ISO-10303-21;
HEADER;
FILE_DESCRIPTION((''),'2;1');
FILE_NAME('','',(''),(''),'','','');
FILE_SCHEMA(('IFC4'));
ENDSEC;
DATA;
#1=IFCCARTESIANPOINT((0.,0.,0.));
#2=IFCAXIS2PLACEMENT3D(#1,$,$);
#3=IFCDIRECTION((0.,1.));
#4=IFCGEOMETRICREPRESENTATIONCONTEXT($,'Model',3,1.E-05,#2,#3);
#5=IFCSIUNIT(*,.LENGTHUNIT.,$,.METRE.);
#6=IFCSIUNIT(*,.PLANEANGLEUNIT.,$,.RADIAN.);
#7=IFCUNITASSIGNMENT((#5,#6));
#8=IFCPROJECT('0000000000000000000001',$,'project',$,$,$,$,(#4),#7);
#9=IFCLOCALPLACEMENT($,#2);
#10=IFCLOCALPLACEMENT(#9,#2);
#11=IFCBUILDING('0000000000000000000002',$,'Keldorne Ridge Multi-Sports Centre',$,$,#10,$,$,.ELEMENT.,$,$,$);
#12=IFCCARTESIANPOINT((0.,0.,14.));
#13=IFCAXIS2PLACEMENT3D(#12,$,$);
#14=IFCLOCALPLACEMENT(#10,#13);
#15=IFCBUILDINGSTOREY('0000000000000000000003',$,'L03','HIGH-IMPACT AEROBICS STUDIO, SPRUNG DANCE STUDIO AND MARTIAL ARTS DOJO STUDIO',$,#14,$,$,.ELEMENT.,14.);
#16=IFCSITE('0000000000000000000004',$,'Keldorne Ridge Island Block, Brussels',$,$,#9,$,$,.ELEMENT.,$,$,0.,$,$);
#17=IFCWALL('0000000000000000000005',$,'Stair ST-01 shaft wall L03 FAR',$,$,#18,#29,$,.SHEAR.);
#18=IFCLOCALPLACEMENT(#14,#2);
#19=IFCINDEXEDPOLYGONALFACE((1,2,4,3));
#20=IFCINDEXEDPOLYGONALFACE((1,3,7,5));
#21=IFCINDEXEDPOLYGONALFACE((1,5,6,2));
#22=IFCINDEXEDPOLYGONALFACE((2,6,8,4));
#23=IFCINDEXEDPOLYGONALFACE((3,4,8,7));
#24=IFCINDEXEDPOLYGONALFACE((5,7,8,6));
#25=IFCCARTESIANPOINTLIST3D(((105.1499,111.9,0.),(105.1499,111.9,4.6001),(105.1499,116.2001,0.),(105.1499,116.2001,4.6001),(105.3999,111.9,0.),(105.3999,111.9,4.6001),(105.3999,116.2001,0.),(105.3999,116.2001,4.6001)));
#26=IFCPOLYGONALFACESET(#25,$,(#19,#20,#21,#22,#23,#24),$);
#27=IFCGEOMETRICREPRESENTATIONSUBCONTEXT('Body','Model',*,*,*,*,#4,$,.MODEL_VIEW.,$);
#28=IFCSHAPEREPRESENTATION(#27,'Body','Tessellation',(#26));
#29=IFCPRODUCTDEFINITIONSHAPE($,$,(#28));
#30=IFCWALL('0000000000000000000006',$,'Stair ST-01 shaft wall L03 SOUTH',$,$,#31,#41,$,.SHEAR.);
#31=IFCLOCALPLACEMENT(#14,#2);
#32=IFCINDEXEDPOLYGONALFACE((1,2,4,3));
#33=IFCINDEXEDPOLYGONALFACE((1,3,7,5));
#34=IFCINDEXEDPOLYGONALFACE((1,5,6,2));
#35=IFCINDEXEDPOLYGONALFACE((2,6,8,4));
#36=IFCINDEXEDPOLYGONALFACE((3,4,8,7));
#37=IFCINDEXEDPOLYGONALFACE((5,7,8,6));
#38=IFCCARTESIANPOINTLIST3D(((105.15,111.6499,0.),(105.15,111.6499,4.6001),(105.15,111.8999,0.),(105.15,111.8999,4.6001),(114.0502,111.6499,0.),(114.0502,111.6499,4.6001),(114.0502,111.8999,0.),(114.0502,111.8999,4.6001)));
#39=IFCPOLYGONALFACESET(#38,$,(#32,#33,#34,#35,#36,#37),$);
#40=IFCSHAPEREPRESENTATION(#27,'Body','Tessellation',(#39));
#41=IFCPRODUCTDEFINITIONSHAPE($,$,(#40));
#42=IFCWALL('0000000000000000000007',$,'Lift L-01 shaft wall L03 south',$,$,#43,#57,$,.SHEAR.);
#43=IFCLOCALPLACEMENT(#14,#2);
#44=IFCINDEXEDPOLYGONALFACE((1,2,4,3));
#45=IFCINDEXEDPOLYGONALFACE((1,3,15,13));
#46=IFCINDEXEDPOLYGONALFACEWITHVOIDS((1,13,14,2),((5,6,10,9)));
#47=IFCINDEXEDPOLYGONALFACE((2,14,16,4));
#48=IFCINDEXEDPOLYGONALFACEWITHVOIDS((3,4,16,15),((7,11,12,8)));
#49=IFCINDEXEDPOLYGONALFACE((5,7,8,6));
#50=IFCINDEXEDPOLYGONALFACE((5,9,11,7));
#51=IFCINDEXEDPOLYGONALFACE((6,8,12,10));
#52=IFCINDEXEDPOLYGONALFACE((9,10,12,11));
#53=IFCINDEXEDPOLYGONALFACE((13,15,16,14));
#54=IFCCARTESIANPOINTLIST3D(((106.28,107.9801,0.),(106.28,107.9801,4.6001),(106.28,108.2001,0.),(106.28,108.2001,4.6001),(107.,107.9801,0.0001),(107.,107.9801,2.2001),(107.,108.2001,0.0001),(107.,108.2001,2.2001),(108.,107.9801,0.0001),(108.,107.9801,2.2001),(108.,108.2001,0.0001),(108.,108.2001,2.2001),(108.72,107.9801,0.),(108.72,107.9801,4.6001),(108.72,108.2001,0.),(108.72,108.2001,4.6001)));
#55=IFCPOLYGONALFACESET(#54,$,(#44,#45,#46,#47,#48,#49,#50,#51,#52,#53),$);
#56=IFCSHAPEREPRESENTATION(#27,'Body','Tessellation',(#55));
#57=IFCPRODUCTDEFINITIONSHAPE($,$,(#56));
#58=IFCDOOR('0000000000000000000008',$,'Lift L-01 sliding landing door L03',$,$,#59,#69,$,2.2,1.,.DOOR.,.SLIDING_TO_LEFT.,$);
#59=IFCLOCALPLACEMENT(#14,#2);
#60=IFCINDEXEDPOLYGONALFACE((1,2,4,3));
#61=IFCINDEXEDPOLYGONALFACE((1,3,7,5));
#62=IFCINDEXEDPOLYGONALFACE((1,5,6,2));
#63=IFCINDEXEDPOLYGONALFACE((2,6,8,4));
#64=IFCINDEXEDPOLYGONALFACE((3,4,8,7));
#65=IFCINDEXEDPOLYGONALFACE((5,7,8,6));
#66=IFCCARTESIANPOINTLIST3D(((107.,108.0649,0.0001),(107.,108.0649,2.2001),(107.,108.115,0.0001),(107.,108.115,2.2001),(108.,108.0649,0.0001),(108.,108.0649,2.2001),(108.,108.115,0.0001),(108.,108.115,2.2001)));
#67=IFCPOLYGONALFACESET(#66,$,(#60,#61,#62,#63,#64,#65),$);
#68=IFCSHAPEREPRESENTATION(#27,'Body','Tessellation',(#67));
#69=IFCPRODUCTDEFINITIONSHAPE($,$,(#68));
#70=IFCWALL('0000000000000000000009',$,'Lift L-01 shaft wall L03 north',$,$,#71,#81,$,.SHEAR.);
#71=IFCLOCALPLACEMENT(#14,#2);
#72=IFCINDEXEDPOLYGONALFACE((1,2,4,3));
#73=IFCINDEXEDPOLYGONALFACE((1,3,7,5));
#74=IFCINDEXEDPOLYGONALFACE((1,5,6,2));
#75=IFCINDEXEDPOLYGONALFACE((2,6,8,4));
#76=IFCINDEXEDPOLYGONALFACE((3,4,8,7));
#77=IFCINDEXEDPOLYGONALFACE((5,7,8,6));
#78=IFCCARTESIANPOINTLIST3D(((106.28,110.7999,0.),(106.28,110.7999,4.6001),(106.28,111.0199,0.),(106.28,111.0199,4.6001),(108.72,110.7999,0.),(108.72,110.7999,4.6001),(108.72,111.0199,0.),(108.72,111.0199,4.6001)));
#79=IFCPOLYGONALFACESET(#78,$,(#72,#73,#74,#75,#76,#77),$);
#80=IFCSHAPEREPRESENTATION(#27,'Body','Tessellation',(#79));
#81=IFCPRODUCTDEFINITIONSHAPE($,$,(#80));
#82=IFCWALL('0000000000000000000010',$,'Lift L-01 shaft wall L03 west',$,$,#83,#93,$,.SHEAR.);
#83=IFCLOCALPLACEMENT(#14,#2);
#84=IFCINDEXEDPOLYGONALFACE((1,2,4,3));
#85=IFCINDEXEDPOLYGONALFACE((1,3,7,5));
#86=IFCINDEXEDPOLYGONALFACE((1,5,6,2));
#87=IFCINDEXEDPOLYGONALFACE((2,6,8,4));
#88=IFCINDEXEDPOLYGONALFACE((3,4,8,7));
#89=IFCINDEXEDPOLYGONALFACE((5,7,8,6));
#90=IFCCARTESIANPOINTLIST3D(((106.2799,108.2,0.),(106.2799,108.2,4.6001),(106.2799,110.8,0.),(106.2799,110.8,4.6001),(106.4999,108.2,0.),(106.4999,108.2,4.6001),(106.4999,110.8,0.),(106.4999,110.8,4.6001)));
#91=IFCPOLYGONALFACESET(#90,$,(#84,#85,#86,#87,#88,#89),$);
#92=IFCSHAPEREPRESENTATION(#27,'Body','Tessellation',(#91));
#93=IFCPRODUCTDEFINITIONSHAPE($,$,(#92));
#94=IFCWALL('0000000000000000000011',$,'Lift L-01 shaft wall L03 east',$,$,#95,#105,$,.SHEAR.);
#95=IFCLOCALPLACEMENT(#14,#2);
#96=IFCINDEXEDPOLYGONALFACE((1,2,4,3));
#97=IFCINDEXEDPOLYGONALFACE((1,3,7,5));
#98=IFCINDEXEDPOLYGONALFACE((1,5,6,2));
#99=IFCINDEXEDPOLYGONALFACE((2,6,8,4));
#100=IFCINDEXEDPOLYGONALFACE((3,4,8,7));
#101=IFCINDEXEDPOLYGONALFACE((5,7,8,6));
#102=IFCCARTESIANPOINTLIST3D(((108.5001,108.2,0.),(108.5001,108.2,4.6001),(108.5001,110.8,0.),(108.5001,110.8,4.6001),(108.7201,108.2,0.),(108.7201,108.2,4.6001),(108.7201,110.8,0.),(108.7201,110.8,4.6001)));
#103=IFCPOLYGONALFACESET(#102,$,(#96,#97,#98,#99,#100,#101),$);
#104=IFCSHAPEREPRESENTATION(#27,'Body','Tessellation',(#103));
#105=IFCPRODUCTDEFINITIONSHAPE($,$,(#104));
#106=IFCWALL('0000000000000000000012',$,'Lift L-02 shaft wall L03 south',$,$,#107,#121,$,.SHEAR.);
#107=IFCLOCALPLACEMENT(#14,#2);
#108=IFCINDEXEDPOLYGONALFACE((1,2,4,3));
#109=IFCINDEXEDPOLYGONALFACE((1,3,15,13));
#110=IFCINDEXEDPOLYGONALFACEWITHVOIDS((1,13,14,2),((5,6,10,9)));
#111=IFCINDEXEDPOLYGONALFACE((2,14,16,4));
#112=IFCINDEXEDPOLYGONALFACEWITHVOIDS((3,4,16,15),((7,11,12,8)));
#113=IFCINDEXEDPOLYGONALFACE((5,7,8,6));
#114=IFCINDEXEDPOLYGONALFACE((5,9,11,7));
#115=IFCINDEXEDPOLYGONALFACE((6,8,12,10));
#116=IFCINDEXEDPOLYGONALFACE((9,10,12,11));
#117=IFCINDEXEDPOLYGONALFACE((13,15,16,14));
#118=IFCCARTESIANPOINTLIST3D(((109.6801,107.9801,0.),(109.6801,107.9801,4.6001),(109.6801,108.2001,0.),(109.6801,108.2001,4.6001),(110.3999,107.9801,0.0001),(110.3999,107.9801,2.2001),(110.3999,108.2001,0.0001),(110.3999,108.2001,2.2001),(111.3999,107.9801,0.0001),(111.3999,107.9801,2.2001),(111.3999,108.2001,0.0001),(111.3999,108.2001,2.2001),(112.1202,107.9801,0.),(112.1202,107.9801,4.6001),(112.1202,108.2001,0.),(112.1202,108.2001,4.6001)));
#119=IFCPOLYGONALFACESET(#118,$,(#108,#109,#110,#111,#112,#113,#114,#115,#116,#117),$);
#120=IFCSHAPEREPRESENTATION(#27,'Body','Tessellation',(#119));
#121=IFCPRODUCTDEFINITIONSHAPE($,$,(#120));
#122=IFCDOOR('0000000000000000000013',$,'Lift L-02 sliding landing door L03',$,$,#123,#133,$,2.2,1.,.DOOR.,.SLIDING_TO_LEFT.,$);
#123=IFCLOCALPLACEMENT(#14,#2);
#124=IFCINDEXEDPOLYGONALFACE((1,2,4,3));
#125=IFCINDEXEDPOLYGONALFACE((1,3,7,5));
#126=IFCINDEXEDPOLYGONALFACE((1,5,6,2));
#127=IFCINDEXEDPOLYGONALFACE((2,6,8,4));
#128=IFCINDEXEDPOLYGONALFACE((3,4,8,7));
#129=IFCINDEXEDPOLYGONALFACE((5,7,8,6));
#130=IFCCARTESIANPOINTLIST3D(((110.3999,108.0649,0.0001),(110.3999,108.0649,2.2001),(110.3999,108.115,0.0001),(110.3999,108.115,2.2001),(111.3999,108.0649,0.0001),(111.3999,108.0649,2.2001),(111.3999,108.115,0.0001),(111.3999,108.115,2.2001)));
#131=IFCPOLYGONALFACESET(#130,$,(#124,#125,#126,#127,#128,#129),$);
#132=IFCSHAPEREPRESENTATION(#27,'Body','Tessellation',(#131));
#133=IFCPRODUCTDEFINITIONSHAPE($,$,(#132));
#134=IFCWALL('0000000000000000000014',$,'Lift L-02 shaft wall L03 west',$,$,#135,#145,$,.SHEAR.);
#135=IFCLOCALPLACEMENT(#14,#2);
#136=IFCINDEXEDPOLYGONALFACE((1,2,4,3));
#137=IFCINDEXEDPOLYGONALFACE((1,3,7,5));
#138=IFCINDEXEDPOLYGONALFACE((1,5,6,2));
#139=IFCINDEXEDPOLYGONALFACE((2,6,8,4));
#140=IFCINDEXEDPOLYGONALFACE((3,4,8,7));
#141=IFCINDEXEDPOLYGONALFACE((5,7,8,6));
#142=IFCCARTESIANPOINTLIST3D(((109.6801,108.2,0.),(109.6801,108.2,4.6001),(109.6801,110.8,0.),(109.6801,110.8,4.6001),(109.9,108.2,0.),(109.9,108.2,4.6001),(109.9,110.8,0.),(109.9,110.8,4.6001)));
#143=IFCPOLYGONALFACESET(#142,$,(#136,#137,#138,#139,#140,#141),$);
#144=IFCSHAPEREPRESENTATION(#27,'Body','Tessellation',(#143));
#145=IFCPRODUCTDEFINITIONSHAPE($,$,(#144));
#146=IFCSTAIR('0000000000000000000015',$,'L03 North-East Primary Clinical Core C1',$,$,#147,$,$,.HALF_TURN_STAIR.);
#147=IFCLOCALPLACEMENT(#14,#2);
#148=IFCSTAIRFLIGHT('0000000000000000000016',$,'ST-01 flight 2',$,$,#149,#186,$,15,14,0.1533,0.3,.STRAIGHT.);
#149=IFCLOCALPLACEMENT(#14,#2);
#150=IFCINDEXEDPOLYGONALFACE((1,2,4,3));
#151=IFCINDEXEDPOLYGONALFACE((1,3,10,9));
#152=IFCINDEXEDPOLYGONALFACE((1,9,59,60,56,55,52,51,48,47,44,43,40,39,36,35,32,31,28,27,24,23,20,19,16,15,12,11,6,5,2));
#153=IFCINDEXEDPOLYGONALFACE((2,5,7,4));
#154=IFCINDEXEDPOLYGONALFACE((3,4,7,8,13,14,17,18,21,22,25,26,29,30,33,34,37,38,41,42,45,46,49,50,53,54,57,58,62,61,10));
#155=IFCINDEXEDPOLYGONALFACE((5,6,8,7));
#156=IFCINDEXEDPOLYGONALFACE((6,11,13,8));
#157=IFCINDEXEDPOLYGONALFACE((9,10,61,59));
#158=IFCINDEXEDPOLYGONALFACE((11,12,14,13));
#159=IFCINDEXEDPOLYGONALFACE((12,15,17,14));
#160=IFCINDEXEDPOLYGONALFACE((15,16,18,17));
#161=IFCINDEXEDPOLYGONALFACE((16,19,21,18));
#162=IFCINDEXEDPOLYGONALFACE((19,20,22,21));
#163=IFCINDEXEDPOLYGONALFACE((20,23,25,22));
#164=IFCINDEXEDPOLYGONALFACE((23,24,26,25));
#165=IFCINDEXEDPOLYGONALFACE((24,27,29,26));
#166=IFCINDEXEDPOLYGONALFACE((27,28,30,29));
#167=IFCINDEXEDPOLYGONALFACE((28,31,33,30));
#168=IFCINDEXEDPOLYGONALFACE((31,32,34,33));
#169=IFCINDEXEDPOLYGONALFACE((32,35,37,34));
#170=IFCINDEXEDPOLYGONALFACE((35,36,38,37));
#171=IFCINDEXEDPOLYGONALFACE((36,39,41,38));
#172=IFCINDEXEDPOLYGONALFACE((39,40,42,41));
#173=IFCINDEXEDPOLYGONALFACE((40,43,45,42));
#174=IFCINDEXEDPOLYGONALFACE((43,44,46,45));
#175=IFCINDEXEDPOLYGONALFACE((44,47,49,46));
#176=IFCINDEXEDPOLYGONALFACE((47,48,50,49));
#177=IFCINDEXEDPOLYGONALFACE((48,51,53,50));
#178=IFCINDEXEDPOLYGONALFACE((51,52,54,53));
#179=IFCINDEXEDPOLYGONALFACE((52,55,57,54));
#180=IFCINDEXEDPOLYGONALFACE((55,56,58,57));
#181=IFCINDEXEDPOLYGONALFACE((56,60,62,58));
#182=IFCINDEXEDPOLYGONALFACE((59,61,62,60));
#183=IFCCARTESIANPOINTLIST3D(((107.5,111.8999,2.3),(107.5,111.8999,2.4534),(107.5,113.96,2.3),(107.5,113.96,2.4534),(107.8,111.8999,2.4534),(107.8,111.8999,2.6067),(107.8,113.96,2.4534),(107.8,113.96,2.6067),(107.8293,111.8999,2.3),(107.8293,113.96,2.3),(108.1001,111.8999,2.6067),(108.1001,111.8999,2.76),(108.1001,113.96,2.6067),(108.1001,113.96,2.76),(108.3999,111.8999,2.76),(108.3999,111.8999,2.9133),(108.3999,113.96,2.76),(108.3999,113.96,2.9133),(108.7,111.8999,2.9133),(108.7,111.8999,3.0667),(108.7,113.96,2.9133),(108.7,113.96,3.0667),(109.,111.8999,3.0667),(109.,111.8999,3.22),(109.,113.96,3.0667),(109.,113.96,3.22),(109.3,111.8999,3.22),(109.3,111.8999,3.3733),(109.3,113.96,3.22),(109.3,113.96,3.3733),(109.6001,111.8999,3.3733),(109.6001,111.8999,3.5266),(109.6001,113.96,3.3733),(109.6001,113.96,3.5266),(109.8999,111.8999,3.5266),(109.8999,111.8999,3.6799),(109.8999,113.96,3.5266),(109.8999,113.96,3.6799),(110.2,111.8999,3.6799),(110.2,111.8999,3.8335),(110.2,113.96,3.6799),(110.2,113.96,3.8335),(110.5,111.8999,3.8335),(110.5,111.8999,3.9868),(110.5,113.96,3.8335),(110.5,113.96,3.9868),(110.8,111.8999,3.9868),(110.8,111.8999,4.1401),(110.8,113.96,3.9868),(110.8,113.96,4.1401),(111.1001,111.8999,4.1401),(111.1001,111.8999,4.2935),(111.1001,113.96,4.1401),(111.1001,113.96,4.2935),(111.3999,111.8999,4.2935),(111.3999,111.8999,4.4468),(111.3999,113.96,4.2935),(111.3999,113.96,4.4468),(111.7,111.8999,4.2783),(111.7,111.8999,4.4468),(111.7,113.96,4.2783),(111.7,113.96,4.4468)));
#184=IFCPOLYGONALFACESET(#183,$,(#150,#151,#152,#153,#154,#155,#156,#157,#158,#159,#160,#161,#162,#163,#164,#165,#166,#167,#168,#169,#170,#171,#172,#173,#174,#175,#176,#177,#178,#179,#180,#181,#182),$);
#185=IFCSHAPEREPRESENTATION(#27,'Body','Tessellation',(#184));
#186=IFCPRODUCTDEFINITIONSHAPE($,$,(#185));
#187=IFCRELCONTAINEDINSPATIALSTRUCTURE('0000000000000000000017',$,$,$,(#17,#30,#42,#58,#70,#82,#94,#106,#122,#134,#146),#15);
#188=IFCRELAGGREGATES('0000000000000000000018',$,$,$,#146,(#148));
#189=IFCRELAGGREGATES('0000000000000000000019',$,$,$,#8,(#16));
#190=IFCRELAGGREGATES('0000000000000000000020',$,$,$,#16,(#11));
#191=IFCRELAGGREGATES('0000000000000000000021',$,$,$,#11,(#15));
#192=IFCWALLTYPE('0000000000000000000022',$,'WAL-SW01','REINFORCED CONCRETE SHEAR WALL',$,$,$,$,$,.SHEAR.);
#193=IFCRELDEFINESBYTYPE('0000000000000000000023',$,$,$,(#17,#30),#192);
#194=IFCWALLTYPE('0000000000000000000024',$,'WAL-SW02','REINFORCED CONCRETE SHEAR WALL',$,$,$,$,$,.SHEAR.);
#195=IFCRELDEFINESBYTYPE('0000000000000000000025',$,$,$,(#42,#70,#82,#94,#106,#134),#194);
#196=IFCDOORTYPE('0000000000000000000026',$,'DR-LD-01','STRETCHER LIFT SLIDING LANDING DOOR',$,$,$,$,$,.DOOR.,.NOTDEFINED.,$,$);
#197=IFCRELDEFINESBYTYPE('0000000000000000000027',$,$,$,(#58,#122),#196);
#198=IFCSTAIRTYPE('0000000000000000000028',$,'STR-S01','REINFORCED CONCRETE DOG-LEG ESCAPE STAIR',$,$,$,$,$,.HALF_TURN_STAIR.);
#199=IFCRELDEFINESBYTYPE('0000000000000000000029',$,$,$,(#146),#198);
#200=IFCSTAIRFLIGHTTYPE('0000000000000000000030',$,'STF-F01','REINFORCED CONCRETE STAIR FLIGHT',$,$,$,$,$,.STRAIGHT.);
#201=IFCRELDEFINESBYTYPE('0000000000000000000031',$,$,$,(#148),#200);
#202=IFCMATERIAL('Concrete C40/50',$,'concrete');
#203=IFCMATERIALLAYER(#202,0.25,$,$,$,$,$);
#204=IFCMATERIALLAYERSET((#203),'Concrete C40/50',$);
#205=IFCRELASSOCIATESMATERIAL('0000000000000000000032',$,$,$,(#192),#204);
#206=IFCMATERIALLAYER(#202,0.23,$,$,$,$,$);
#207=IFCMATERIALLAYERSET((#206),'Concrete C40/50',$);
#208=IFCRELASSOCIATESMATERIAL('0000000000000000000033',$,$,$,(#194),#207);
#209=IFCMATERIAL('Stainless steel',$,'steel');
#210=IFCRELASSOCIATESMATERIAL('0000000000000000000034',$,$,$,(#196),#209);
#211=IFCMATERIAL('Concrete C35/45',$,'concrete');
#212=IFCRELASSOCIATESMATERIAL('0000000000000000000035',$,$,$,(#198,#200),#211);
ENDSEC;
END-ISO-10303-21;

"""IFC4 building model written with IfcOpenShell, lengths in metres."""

from ifc_helpers import new_model, si_unit, direction, frame, frame_2d, origin, place, context, subcontext, project, spatial, polyline, rectangle, outline, extrude, material, layer, layer_set, type_object, element, fill, aggregate, save


model = new_model("IFC4")

# Units and contexts
model_context = context("Model", 3, precision=1e-05, world=origin(), true_north=direction((0.0, 1.0)))
body_context = subcontext(model_context, "Body", "Model", "MODEL_VIEW")
ifc_project = project(units=[si_unit("LENGTHUNIT", "METRE"), si_unit("PLANEANGLEUNIT", "RADIAN")], contexts=[model_context])

# Site, building, storey
site_placement = place(None, origin())
site = spatial("IfcSite", under=ifc_project, at=site_placement, Name="Keldorne Ridge Island Block, Brussels", CompositionType="ELEMENT", RefElevation=0.0)
building_placement = place(site_placement, origin())
building = spatial("IfcBuilding", under=site, at=building_placement, Name="Keldorne Ridge Multi-Sports Centre", CompositionType="ELEMENT")
storey_placement = place(building_placement, frame((0.0, 0.0, 14.0)))
storey = spatial("IfcBuildingStorey", under=building, at=storey_placement, Name="L03", Description="HIGH-IMPACT AEROBICS STUDIO, SPRUNG DANCE STUDIO AND MARTIAL ARTS DOJO STUDIO", CompositionType="ELEMENT", Elevation=14.0)

# Walls
ifc_material_1 = material(Name="Concrete C40/50", Category="concrete")
ifc_layer_1 = layer(ifc_material_1, 0.25)
ifc_layer_set_1 = layer_set([ifc_layer_1], Name="Concrete C40/50")
wall_type_1 = type_object("IfcWallType", Name="WAL-SW01", Description="REINFORCED CONCRETE SHEAR WALL", PredefinedType="SHEAR", material=ifc_layer_set_1)
wall_1_placement = place(storey_placement, frame((105.2749, 116.2, 0.0), z_axis=(0.0, 0.0, 1.0), x_axis=(0.0, -1.0, 0.0)))
element("IfcWall", 1, at=wall_1_placement, inside=storey, type_object=wall_type_1, Name="Stair ST-01 shaft wall L03 FAR", PredefinedType="SHEAR", context=body_context, shape_type="SweptSolid", body=[
    extrude(rectangle(XDim=4.3, YDim=0.25, at=frame_2d((2.1499, 0.0))), origin(), (0.0, 0.0, 1.0), 4.6001),
])
wall_2_placement = place(storey_placement, frame((105.1499, 111.7749, 0.0), z_axis=(0.0, 0.0, 1.0), x_axis=(1.0, 0.0, 0.0)))
element("IfcWall", 2, at=wall_2_placement, inside=storey, type_object=wall_type_1, Name="Stair ST-01 shaft wall L03 SOUTH", PredefinedType="SHEAR", context=body_context, shape_type="SweptSolid", body=[
    extrude(rectangle(XDim=8.9001, YDim=0.25, at=frame_2d((4.4502, 0.0))), origin(), (0.0, 0.0, 1.0), 4.6001),
])

# Wall, opening, door
ifc_layer_2 = layer(ifc_material_1, 0.23)
ifc_layer_set_2 = layer_set([ifc_layer_2], Name="Concrete C40/50")
wall_type_2 = type_object("IfcWallType", Name="WAL-SW02", Description="REINFORCED CONCRETE SHEAR WALL", PredefinedType="SHEAR", material=ifc_layer_set_2)
wall_3_placement = place(storey_placement, frame((106.28, 108.0901, 0.0), z_axis=(0.0, 0.0, 1.0), x_axis=(1.0, 0.0, 0.0)))
wall_3 = element("IfcWall", 3, at=wall_3_placement, inside=storey, type_object=wall_type_2, Name="Lift L-01 shaft wall L03 south", PredefinedType="SHEAR", context=body_context, shape_type="SweptSolid", body=[
    extrude(rectangle(XDim=2.4399, YDim=0.22, at=frame_2d((1.22, 0.0))), origin(), (0.0, 0.0, 1.0), 4.6001),
])
opening_1_placement = place(wall_3_placement, frame((0.72, 0.0, 0.0)))
opening_1 = element("IfcOpeningElement", 4, at=opening_1_placement, cuts=wall_3, PredefinedType="OPENING", context=body_context, shape_type="SweptSolid", body=[
    extrude(rectangle(XDim=1.0, YDim=2.2, at=frame_2d((0.5, 1.1001))), frame((0.0, 0.1201, 0.0), z_axis=(0.0, -1.0, 0.0), x_axis=(1.0, 0.0, 0.0)), (0.0, 0.0, 1.0), 0.24),
])
ifc_material_2 = material(Name="Stainless steel", Category="steel")
door_type = type_object("IfcDoorType", Name="DR-LD-01", Description="STRETCHER LIFT SLIDING LANDING DOOR", OperationType="NOTDEFINED", PredefinedType="DOOR", material=ifc_material_2)
door_1_placement = place(opening_1_placement, origin())
door_1 = element("IfcDoor", 5, at=door_1_placement, inside=storey, type_object=door_type, Name="Lift L-01 sliding landing door L03", OperationType="SLIDING_TO_LEFT", OverallHeight=2.2, OverallWidth=1.0, PredefinedType="DOOR", context=body_context, shape_type="SweptSolid", body=[
    extrude(rectangle(XDim=1.0, YDim=2.2, at=frame_2d((0.5, 1.1001))), frame((0.0, 0.0249, 0.0), z_axis=(0.0, -1.0, 0.0), x_axis=(1.0, 0.0, 0.0)), (0.0, 0.0, 1.0), 0.05),
])
fill(opening_1, door_1)

# Walls
wall_4_placement = place(storey_placement, frame((108.72, 110.9099, 0.0), z_axis=(0.0, 0.0, 1.0), x_axis=(-1.0, 0.0, 0.0)))
element("IfcWall", 6, at=wall_4_placement, inside=storey, type_object=wall_type_2, Name="Lift L-01 shaft wall L03 north", PredefinedType="SHEAR", context=body_context, shape_type="SweptSolid", body=[
    extrude(rectangle(XDim=2.4399, YDim=0.22, at=frame_2d((1.22, 0.0))), origin(), (0.0, 0.0, 1.0), 4.6001),
])
for number, where, z_axis, x_axis, name in (
    (7, (106.3899, 110.8, 0.0), (0.0, 0.0, 1.0), (0.0, -1.0, 0.0), "Lift L-01 shaft wall L03 west"),
    (8, (108.6101, 108.2, 0.0), (0.0, 0.0, 1.0), (0.0, 1.0, 0.0), "Lift L-01 shaft wall L03 east"),
):
    element("IfcWall", number, at=place(storey_placement, frame(where, z_axis=z_axis, x_axis=x_axis)), inside=storey, type_object=wall_type_2, Name=name, PredefinedType="SHEAR", context=body_context, shape_type="SweptSolid", body=[
        extrude(rectangle(XDim=2.6001, YDim=0.22, at=frame_2d((1.3, 0.0))), origin(), (0.0, 0.0, 1.0), 4.6001),
    ])

# Wall, opening, door
wall_5_placement = place(storey_placement, frame((109.6799, 108.0901, 0.0), z_axis=(0.0, 0.0, 1.0), x_axis=(1.0, 0.0, 0.0)))
wall_5 = element("IfcWall", 9, at=wall_5_placement, inside=storey, type_object=wall_type_2, Name="Lift L-02 shaft wall L03 south", PredefinedType="SHEAR", context=body_context, shape_type="SweptSolid", body=[
    extrude(rectangle(XDim=2.4402, YDim=0.22, at=frame_2d((1.2202, 0.0))), origin(), (0.0, 0.0, 1.0), 4.6001),
])
opening_2_placement = place(wall_5_placement, frame((0.72, 0.0, 0.0)))
opening_2 = element("IfcOpeningElement", 10, at=opening_2_placement, cuts=wall_5, PredefinedType="OPENING", context=body_context, shape_type="SweptSolid", body=[
    extrude(rectangle(XDim=1.0, YDim=2.2, at=frame_2d((0.5, 1.1001))), frame((0.0, 0.1201, 0.0), z_axis=(0.0, -1.0, 0.0), x_axis=(1.0, 0.0, 0.0)), (0.0, 0.0, 1.0), 0.24),
])
door_2_placement = place(opening_2_placement, origin())
door_2 = element("IfcDoor", 11, at=door_2_placement, inside=storey, type_object=door_type, Name="Lift L-02 sliding landing door L03", OperationType="SLIDING_TO_LEFT", OverallHeight=2.2, OverallWidth=1.0, PredefinedType="DOOR", context=body_context, shape_type="SweptSolid", body=[
    extrude(rectangle(XDim=1.0, YDim=2.2, at=frame_2d((0.5, 1.1001))), frame((0.0, 0.0249, 0.0), z_axis=(0.0, -1.0, 0.0), x_axis=(1.0, 0.0, 0.0)), (0.0, 0.0, 1.0), 0.05),
])
fill(opening_2, door_2)

# Wall
wall_6_placement = place(storey_placement, frame((109.79, 110.8, 0.0), z_axis=(0.0, 0.0, 1.0), x_axis=(0.0, -1.0, 0.0)))
element("IfcWall", 12, at=wall_6_placement, inside=storey, type_object=wall_type_2, Name="Lift L-02 shaft wall L03 west", PredefinedType="SHEAR", context=body_context, shape_type="SweptSolid", body=[
    extrude(rectangle(XDim=2.6001, YDim=0.22, at=frame_2d((1.3, 0.0))), origin(), (0.0, 0.0, 1.0), 4.6001),
])

# Stair, stair flight
ifc_material_3 = material(Name="Concrete C35/45", Category="concrete")
stair_type = type_object("IfcStairType", Name="STR-S01", Description="REINFORCED CONCRETE DOG-LEG ESCAPE STAIR", PredefinedType="HALF_TURN_STAIR", material=ifc_material_3)
stair_placement = place(storey_placement, origin())
stair = element("IfcStair", 13, at=stair_placement, inside=storey, type_object=stair_type, Name="L03 North-East Primary Clinical Core C1", PredefinedType="HALF_TURN_STAIR")
stair_flight_type = type_object("IfcStairFlightType", Name="STF-F01", Description="REINFORCED CONCRETE STAIR FLIGHT", PredefinedType="STRAIGHT", material=ifc_material_3)
stair_flight_placement = place(storey_placement, frame((107.5, 112.9299, 2.3), z_axis=(0.0, 0.0, 1.0), x_axis=(1.0, 0.0, 0.0)))
stair_flight = element("IfcStairFlight", 14, at=stair_flight_placement, type_object=stair_flight_type, Name="ST-01 flight 2", NumberOfRisers=15, NumberOfTreads=14, PredefinedType="STRAIGHT", RiserHeight=0.1533, TreadLength=0.3, context=body_context, shape_type="SweptSolid", body=[
    extrude(outline(polyline([(0.0, 0.0), (0.0, 0.1533), (0.3, 0.1533), (0.3, 0.3066), (0.6001, 0.3066), (0.6001, 0.46), (0.8999, 0.46), (0.8999, 0.6133), (1.2, 0.6133), (1.2, 0.7666), (1.5, 0.7666), (1.5, 0.9199), (1.8, 0.9199), (1.8, 1.0732), (2.1001, 1.0732), (2.1001, 1.2266), (2.3999, 1.2266), (2.3999, 1.3799), (2.7, 1.3799), (2.7, 1.5334), (3.0, 1.5334), (3.0, 1.6868), (3.3, 1.6868), (3.3, 1.8401), (3.6001, 1.8401), (3.6001, 1.9934), (3.8999, 1.9934), (3.8999, 2.1467), (4.2, 2.1467), (4.2, 2.3), (4.2, 1.9783), (0.3293, 0.0), (0.0, 0.0)])), frame((0.0, 1.03, 0.0), z_axis=(0.0, -1.0, 0.0), x_axis=(1.0, 0.0, 0.0)), (0.0, 0.0, 1.0), 2.0601),
])
aggregate(stair, [stair_flight])

save(model, "model.ifc")
